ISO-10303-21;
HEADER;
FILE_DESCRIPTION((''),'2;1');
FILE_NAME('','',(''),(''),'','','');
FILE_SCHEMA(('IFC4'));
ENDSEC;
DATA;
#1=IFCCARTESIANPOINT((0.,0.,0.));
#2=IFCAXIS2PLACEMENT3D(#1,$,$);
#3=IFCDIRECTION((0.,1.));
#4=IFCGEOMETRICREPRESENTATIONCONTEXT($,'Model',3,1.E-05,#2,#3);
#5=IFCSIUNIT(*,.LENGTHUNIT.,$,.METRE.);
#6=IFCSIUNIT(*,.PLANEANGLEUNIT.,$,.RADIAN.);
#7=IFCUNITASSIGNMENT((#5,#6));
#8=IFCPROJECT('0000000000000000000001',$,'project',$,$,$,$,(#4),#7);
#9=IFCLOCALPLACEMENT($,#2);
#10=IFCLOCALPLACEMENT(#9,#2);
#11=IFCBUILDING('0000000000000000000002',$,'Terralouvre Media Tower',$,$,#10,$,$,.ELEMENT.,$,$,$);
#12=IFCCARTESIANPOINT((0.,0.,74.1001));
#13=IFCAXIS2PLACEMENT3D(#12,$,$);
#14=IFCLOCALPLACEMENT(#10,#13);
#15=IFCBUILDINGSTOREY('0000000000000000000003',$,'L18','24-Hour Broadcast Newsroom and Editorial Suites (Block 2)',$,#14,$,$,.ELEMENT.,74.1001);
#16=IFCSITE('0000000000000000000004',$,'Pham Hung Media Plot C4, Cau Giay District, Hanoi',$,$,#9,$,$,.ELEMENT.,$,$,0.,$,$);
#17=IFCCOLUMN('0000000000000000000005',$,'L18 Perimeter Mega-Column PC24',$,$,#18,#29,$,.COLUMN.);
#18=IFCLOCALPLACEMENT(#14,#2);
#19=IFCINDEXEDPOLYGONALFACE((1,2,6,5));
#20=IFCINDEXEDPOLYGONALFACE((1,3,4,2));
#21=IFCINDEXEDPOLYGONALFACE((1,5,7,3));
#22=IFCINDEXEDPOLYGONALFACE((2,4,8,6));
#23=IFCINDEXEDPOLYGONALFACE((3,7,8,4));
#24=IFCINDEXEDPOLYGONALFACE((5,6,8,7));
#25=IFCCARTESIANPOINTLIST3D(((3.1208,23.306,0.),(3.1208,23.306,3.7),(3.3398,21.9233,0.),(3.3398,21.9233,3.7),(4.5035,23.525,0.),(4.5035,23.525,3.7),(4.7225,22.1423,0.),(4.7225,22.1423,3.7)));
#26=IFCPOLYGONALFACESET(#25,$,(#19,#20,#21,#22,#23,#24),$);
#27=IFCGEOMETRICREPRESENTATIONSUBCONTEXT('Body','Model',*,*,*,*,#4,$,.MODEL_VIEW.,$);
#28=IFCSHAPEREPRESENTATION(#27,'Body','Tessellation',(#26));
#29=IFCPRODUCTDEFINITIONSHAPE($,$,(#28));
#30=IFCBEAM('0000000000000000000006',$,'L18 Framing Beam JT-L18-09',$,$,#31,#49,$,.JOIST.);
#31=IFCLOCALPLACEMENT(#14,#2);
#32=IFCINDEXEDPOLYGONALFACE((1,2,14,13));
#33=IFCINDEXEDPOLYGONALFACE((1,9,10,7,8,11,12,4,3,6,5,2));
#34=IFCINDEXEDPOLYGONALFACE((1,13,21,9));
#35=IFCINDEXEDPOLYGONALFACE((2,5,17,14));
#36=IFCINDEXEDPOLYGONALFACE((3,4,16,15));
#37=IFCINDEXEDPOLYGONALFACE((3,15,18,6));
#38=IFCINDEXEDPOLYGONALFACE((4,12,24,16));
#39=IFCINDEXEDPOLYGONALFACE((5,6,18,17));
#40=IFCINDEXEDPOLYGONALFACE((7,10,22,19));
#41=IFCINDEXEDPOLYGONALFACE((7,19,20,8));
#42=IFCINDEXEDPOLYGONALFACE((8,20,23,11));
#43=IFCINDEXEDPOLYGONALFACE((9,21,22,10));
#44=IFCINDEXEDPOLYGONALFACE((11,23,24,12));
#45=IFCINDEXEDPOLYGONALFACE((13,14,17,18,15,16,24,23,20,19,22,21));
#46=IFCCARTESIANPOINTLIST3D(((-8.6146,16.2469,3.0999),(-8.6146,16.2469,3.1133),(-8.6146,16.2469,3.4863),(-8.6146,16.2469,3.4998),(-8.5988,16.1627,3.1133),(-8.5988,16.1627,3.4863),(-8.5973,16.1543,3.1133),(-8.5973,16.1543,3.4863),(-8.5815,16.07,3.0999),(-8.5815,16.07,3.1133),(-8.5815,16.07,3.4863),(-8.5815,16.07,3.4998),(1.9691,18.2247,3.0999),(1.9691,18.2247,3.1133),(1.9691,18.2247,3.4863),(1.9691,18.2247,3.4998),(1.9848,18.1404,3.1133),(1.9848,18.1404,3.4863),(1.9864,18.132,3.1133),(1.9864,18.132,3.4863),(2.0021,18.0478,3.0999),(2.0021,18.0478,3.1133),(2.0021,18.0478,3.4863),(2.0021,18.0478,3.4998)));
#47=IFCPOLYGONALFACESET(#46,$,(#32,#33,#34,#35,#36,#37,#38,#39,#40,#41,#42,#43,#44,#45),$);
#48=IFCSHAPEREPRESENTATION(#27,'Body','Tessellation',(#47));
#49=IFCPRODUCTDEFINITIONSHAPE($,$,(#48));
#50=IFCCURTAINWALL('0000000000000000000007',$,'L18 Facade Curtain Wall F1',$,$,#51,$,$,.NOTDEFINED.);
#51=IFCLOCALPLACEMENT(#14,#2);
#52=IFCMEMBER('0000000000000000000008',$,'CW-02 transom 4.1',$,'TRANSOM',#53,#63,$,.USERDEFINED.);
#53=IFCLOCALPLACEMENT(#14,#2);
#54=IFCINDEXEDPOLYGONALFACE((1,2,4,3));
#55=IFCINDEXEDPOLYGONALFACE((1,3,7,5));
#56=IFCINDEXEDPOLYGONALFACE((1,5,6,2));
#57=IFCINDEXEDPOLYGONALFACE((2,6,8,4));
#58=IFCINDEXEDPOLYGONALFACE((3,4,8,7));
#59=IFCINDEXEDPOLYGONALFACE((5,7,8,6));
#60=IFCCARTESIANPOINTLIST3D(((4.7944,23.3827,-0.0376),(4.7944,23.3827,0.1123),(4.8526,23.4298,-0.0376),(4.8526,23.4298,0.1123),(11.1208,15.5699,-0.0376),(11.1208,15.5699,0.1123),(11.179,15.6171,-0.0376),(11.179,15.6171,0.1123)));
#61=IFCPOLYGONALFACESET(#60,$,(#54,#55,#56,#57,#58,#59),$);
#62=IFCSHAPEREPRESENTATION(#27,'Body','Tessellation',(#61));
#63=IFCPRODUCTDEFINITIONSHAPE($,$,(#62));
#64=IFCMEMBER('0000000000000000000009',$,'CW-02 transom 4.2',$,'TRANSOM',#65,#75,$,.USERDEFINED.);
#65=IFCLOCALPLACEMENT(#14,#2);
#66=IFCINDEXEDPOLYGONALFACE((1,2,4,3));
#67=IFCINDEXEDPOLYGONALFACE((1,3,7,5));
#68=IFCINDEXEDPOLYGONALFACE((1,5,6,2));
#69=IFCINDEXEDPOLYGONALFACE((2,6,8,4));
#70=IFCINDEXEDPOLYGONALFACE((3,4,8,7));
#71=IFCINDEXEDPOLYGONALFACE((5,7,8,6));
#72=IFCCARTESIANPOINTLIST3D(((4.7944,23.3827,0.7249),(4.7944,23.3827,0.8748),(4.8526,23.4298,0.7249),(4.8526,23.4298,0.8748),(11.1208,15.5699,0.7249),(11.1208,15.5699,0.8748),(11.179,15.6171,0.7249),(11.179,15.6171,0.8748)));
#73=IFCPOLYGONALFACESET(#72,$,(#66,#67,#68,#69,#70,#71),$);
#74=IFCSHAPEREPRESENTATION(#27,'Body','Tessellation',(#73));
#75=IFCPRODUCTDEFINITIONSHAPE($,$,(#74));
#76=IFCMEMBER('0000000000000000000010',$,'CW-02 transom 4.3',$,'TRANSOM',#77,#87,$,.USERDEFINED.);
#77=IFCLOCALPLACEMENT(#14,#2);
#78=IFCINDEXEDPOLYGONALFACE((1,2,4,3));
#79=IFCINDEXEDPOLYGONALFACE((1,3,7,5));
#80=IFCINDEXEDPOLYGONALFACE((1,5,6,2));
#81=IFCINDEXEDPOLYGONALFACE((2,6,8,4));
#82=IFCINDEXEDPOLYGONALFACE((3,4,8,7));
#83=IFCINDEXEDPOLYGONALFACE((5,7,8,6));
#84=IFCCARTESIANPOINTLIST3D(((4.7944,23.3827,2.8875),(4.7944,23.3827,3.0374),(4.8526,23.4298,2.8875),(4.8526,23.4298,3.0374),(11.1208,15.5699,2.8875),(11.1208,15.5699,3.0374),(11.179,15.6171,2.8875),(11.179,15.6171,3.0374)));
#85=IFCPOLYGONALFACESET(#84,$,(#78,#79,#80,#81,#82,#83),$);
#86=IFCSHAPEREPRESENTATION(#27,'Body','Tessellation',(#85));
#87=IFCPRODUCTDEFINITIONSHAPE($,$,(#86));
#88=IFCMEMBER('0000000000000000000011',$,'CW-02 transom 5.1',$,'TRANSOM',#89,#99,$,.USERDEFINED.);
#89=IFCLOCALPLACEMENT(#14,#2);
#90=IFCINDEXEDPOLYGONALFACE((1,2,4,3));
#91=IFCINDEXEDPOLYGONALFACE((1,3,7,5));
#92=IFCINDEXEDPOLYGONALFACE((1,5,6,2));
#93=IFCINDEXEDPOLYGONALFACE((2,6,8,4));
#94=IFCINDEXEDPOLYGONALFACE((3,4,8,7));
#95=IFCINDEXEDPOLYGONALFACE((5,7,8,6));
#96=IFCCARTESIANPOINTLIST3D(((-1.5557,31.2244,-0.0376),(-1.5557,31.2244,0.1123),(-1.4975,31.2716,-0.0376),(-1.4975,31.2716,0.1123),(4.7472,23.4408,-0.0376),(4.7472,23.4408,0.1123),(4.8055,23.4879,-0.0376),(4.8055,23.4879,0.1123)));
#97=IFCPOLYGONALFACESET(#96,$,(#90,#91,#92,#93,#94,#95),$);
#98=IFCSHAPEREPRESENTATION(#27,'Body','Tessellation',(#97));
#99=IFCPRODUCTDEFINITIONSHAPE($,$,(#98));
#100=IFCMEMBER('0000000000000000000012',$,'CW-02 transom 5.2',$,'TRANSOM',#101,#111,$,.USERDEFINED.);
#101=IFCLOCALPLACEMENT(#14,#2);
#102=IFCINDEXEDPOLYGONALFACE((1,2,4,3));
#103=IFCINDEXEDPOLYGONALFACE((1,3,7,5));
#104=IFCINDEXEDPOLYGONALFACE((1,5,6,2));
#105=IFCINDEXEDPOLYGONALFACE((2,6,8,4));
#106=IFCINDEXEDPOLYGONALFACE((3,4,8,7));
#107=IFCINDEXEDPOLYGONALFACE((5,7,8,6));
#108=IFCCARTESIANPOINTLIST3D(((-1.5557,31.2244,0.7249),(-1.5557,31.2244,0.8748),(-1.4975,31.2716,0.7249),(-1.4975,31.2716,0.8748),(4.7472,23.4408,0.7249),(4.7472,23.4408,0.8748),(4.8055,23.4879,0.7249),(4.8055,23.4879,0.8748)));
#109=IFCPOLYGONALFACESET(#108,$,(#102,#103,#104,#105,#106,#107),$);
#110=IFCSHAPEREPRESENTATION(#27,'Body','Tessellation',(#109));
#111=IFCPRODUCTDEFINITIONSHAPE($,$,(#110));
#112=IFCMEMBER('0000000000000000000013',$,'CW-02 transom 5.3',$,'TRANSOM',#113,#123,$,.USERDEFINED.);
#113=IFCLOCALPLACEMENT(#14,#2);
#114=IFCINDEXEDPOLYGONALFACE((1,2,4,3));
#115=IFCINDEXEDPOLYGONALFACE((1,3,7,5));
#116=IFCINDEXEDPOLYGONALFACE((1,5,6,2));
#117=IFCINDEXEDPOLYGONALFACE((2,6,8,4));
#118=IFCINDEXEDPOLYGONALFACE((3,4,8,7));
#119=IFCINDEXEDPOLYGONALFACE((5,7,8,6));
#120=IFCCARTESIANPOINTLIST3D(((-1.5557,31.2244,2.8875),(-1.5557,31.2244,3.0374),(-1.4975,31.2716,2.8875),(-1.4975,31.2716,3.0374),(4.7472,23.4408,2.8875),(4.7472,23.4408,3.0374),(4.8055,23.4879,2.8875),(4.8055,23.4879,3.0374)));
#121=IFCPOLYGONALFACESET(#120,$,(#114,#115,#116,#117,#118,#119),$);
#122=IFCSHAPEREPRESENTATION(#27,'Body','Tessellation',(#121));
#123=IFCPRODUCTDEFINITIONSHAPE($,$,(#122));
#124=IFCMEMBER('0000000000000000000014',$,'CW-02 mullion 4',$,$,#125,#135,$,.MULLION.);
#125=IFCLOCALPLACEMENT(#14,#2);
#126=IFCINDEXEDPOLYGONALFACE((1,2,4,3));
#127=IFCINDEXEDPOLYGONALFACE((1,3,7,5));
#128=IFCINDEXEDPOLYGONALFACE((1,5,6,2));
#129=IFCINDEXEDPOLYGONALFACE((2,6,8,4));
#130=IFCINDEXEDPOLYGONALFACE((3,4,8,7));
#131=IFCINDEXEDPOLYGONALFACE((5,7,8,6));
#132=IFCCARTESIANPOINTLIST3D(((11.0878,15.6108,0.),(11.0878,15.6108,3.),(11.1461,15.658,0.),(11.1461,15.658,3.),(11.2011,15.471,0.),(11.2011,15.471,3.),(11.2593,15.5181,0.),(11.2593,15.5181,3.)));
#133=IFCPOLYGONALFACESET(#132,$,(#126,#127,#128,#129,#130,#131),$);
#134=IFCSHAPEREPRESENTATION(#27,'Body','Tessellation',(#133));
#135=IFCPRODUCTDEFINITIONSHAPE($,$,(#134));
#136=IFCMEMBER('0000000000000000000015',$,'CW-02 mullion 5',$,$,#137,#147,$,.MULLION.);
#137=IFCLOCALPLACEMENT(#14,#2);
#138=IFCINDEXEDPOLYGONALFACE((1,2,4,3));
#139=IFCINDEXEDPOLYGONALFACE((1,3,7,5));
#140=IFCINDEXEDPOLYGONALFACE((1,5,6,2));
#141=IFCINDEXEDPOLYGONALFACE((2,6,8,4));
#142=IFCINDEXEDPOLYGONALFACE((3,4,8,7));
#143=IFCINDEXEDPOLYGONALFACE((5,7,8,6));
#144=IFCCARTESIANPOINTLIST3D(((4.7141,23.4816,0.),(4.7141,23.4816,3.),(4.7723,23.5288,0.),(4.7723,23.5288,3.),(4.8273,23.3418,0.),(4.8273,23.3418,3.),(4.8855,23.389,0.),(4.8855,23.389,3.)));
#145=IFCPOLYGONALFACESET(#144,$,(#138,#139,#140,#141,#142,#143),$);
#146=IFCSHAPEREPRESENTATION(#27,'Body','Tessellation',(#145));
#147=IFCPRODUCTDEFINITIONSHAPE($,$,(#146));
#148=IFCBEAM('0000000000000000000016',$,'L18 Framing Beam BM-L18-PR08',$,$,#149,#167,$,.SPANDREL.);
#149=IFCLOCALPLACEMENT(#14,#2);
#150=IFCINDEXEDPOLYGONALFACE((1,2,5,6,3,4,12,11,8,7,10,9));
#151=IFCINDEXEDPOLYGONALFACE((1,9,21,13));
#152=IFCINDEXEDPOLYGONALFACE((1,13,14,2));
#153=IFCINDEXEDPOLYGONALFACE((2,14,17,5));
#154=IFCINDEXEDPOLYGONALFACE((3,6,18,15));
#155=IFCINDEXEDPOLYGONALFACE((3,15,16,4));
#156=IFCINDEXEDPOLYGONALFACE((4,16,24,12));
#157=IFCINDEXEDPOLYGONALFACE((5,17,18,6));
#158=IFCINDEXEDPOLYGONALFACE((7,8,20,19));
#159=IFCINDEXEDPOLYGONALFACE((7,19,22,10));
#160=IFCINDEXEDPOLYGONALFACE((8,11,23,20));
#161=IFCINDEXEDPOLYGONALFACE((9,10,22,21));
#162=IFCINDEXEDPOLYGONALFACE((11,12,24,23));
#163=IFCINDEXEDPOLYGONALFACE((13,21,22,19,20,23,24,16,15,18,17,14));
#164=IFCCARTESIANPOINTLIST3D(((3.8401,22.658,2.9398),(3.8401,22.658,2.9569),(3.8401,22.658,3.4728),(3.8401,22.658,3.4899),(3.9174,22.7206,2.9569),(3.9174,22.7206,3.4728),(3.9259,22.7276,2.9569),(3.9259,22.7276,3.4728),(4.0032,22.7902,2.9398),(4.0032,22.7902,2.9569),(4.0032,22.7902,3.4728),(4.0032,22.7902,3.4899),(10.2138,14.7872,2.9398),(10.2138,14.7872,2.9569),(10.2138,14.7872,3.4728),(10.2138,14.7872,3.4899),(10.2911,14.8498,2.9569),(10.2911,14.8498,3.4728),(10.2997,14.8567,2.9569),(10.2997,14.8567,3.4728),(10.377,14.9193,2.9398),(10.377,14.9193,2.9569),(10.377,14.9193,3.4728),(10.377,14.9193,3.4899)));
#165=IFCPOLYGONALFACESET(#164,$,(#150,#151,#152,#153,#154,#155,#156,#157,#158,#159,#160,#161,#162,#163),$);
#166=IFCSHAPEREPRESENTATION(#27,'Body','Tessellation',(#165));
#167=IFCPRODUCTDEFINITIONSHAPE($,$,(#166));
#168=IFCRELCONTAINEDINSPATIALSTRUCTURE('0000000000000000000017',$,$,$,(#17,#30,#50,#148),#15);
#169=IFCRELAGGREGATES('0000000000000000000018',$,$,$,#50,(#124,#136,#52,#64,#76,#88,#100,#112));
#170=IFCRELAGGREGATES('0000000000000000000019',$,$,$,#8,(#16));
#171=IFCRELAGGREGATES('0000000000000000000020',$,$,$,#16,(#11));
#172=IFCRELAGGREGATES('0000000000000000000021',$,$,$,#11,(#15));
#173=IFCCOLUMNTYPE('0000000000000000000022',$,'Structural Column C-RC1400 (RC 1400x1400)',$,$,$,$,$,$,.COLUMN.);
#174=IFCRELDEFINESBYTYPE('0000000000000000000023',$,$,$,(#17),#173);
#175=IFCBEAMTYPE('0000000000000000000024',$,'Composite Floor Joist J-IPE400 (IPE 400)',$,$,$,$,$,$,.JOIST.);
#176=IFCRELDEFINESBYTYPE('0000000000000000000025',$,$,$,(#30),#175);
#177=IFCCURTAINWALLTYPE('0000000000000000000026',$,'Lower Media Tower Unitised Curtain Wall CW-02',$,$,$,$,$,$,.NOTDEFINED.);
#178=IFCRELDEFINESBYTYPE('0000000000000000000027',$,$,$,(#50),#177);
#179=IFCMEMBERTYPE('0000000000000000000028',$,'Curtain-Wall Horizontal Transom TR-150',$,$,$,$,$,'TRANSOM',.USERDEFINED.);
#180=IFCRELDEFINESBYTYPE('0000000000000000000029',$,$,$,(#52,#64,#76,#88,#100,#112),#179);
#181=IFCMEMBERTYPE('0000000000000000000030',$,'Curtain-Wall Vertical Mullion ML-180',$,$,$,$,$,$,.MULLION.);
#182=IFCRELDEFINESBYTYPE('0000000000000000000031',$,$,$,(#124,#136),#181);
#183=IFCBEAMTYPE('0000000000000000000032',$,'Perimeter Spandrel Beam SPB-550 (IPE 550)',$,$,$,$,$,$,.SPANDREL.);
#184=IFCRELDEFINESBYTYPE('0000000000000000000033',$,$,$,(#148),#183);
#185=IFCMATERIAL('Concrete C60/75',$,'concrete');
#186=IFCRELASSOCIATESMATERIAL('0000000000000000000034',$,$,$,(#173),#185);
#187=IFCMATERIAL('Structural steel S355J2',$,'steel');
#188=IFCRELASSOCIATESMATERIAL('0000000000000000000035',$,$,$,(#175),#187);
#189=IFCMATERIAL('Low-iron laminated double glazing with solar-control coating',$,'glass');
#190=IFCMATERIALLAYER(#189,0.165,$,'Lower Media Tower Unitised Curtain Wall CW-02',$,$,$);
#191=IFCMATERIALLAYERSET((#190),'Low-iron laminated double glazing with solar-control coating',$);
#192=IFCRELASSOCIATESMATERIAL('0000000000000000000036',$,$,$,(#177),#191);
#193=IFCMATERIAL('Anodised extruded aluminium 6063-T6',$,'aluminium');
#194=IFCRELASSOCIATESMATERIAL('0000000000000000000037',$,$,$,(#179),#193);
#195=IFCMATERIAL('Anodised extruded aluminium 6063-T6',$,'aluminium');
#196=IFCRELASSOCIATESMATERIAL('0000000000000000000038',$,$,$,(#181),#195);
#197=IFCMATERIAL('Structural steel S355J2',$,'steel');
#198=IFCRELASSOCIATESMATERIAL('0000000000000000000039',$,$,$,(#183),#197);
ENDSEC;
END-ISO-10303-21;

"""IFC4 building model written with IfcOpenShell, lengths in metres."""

from ifc_helpers import new_model, si_unit, direction, frame, origin, origin_2d, place, context, subcontext, project, spatial, rectangle, i_section, extrude, material, layer, layer_set, material_profile, profile_set, type_object, element, aggregate, save


model = new_model("IFC4")

# Units and contexts
model_context = context("Model", 3, precision=1e-05, world=origin(), true_north=direction((0.0, 1.0)))
body_context = subcontext(model_context, "Body", "Model", "MODEL_VIEW")
ifc_project = project(units=[si_unit("LENGTHUNIT", "METRE"), si_unit("PLANEANGLEUNIT", "RADIAN")], contexts=[model_context])

# Site, building, storey
site_placement = place(None, origin())
site = spatial("IfcSite", under=ifc_project, at=site_placement, Name="Pham Hung Media Plot C4, Cau Giay District, Hanoi", CompositionType="ELEMENT", RefElevation=0.0)
building_placement = place(site_placement, origin())
building = spatial("IfcBuilding", under=site, at=building_placement, Name="Terralouvre Media Tower", CompositionType="ELEMENT")
storey_placement = place(building_placement, frame((0.0, 0.0, 74.1001)))
storey = spatial("IfcBuildingStorey", under=building, at=storey_placement, Name="L18", Description="24-Hour Broadcast Newsroom and Editorial Suites (Block 2)", CompositionType="ELEMENT", Elevation=74.1001)

# Column
ifc_material_1 = material(Name="Concrete C60/75", Category="concrete")
ifc_material_profile_1 = material_profile(ifc_material_1, rectangle(XDim=1.3999, YDim=1.3999, at=origin_2d()), Name="RC 1400x1400")
ifc_profile_set_1 = profile_set([ifc_material_profile_1], Name="Concrete C60/75")
column_type = type_object("IfcColumnType", Name="Structural Column C-RC1400 (RC 1400x1400)", PredefinedType="COLUMN", material=ifc_profile_set_1)
column_placement = place(storey_placement, frame((3.9216, 22.7241, 0.0), z_axis=(0.0, 0.0, 1.0), x_axis=(0.987688, 0.156434, 0.0)))
element("IfcColumn", 1, at=column_placement, inside=storey, type_object=column_type, Name="L18 Perimeter Mega-Column PC24", PredefinedType="COLUMN", context=body_context, shape_type="SweptSolid", body=[
    extrude(rectangle(XDim=1.3999, YDim=1.3999, at=origin_2d()), origin(), (0.0, 0.0, 1.0), 3.7),
])

# Beam
ifc_material_2 = material(Name="Structural steel S355J2", Category="steel")
ifc_material_profile_2 = material_profile(ifc_material_2, i_section(OverallWidth=0.1799, OverallDepth=0.3999, WebThickness=0.0085, FlangeThickness=0.0134, at=origin_2d()), Name="IPE 400")
ifc_profile_set_2 = profile_set([ifc_material_profile_2], Name="Structural steel S355J2")
beam_type_1 = type_object("IfcBeamType", Name="Composite Floor Joist J-IPE400 (IPE 400)", PredefinedType="JOIST", material=ifc_profile_set_2)
beam_1_placement = place(storey_placement, frame((1.9856, 18.1362, 3.2998), z_axis=(-0.982984, -0.18369, 0.0), x_axis=(0.18369, -0.982984, 0.0)))
element("IfcBeam", 2, at=beam_1_placement, inside=storey, type_object=beam_type_1, Name="L18 Framing Beam JT-L18-09", PredefinedType="JOIST", context=body_context, shape_type="SweptSolid", body=[
    extrude(i_section(OverallWidth=0.1799, OverallDepth=0.3999, WebThickness=0.0085, FlangeThickness=0.0134, at=origin_2d()), origin(), (0.0, 0.0, 1.0), 10.7668),
])

# Curtain wall, members
ifc_material_3 = material(Name="Low-iron laminated double glazing with solar-control coating", Category="glass")
ifc_layer_1 = layer(ifc_material_3, 0.165, Name="Lower Media Tower Unitised Curtain Wall CW-02")
ifc_layer_set_1 = layer_set([ifc_layer_1], Name="Low-iron laminated double glazing with solar-control coating")
curtain_wall_type = type_object("IfcCurtainWallType", Name="Lower Media Tower Unitised Curtain Wall CW-02", PredefinedType="NOTDEFINED", material=ifc_layer_set_1)
curtain_wall_placement = place(storey_placement, origin())
curtain_wall = element("IfcCurtainWall", 3, at=curtain_wall_placement, inside=storey, type_object=curtain_wall_type, Name="L18 Facade Curtain Wall F1", PredefinedType="NOTDEFINED")
ifc_material_4 = material(Name="Anodised extruded aluminium 6063-T6", Category="aluminium")
ifc_material_profile_3 = material_profile(ifc_material_4, rectangle(XDim=0.075, YDim=0.1499, at=origin_2d()), Name="ALU 75x150")
ifc_profile_set_3 = profile_set([ifc_material_profile_3], Name="Anodised extruded aluminium 6063-T6")
member_type_1 = type_object("IfcMemberType", Name="Curtain-Wall Horizontal Transom TR-150", ElementType="TRANSOM", PredefinedType="USERDEFINED", material=ifc_profile_set_3)
member_1_placement = place(storey_placement, frame((11.1499, 15.5935, 0.0374), z_axis=(-0.629307, 0.777157, 0.0), x_axis=(-0.777157, -0.629307, 0.0)))
member_1 = element("IfcMember", 4, at=member_1_placement, type_object=member_type_1, Name="CW-02 transom 4.1", ObjectType="TRANSOM", PredefinedType="USERDEFINED", context=body_context, shape_type="SweptSolid", body=[
    extrude(rectangle(XDim=0.075, YDim=0.1499, at=origin_2d()), origin(), (0.0, 0.0, 1.0), 10.053),
])
member_2_placement = place(storey_placement, frame((11.1499, 15.5935, 0.7998), z_axis=(-0.629307, 0.777157, 0.0), x_axis=(-0.777157, -0.629307, 0.0)))
member_2 = element("IfcMember", 5, at=member_2_placement, type_object=member_type_1, Name="CW-02 transom 4.2", ObjectType="TRANSOM", PredefinedType="USERDEFINED", context=body_context, shape_type="SweptSolid", body=[
    extrude(rectangle(XDim=0.075, YDim=0.1499, at=origin_2d()), origin(), (0.0, 0.0, 1.0), 10.053),
])
member_3_placement = place(storey_placement, frame((11.1499, 15.5935, 2.9624), z_axis=(-0.629307, 0.777157, 0.0), x_axis=(-0.777157, -0.629307, 0.0)))
member_3 = element("IfcMember", 6, at=member_3_placement, type_object=member_type_1, Name="CW-02 transom 4.3", ObjectType="TRANSOM", PredefinedType="USERDEFINED", context=body_context, shape_type="SweptSolid", body=[
    extrude(rectangle(XDim=0.075, YDim=0.1499, at=origin_2d()), origin(), (0.0, 0.0, 1.0), 10.053),
])
member_4_placement = place(storey_placement, frame((4.7764, 23.4644, 0.0374), z_axis=(-0.629313, 0.777152, 0.0), x_axis=(-0.777152, -0.629313, 0.0)))
member_4 = element("IfcMember", 7, at=member_4_placement, type_object=member_type_1, Name="CW-02 transom 5.1", ObjectType="TRANSOM", PredefinedType="USERDEFINED", context=body_context, shape_type="SweptSolid", body=[
    extrude(rectangle(XDim=0.075, YDim=0.1499, at=origin_2d()), origin(), (0.0, 0.0, 1.0), 10.0156),
])
member_5_placement = place(storey_placement, frame((4.7764, 23.4644, 0.7998), z_axis=(-0.629313, 0.777152, 0.0), x_axis=(-0.777152, -0.629313, 0.0)))
member_5 = element("IfcMember", 8, at=member_5_placement, type_object=member_type_1, Name="CW-02 transom 5.2", ObjectType="TRANSOM", PredefinedType="USERDEFINED", context=body_context, shape_type="SweptSolid", body=[
    extrude(rectangle(XDim=0.075, YDim=0.1499, at=origin_2d()), origin(), (0.0, 0.0, 1.0), 10.0156),
])
member_6_placement = place(storey_placement, frame((4.7764, 23.4644, 2.9624), z_axis=(-0.629313, 0.777152, 0.0), x_axis=(-0.777152, -0.629313, 0.0)))
member_6 = element("IfcMember", 9, at=member_6_placement, type_object=member_type_1, Name="CW-02 transom 5.3", ObjectType="TRANSOM", PredefinedType="USERDEFINED", context=body_context, shape_type="SweptSolid", body=[
    extrude(rectangle(XDim=0.075, YDim=0.1499, at=origin_2d()), origin(), (0.0, 0.0, 1.0), 10.0156),
])
ifc_material_5 = material(Name="Anodised extruded aluminium 6063-T6", Category="aluminium")
ifc_material_profile_4 = material_profile(ifc_material_5, rectangle(XDim=0.075, YDim=0.1799, at=origin_2d()), Name="ALU 75x180")
ifc_profile_set_4 = profile_set([ifc_material_profile_4], Name="Anodised extruded aluminium 6063-T6")
member_type_2 = type_object("IfcMemberType", Name="Curtain-Wall Vertical Mullion ML-180", PredefinedType="MULLION", material=ifc_profile_set_4)
member_7_placement = place(storey_placement, frame((11.1736, 15.5645, 0.0), z_axis=(0.0, 0.0, 1.0), x_axis=(-0.777146, -0.62932, 0.0)))
member_7 = element("IfcMember", 10, at=member_7_placement, type_object=member_type_2, Name="CW-02 mullion 4", PredefinedType="MULLION", context=body_context, shape_type="SweptSolid", body=[
    extrude(rectangle(XDim=0.075, YDim=0.1799, at=origin_2d()), origin(), (0.0, 0.0, 1.0), 3.0),
])
member_8_placement = place(storey_placement, frame((4.7998, 23.4353, 0.0), z_axis=(0.0, 0.0, 1.0), x_axis=(-0.777146, -0.62932, 0.0)))
member_8 = element("IfcMember", 11, at=member_8_placement, type_object=member_type_2, Name="CW-02 mullion 5", PredefinedType="MULLION", context=body_context, shape_type="SweptSolid", body=[
    extrude(rectangle(XDim=0.075, YDim=0.1799, at=origin_2d()), origin(), (0.0, 0.0, 1.0), 3.0),
])

# Beam
ifc_material_6 = material(Name="Structural steel S355J2", Category="steel")
ifc_material_profile_5 = material_profile(ifc_material_6, i_section(OverallWidth=0.21, OverallDepth=0.55, WebThickness=0.011, FlangeThickness=0.0171, at=origin_2d()), Name="IPE 550")
ifc_profile_set_5 = profile_set([ifc_material_profile_5], Name="Structural steel S355J2")
beam_type_2 = type_object("IfcBeamType", Name="Perimeter Spandrel Beam SPB-550 (IPE 550)", PredefinedType="SPANDREL", material=ifc_profile_set_5)
beam_2_placement = place(storey_placement, frame((10.2954, 14.8533, 3.2148), z_axis=(-0.629326, 0.777142, 0.0), x_axis=(-0.777142, -0.629326, 0.0)))
element("IfcBeam", 12, at=beam_2_placement, inside=storey, type_object=beam_type_2, Name="L18 Framing Beam BM-L18-PR08", PredefinedType="SPANDREL", context=body_context, shape_type="SweptSolid", body=[
    extrude(i_section(OverallWidth=0.21, OverallDepth=0.55, WebThickness=0.011, FlangeThickness=0.0171, at=origin_2d()), origin(), (0.0, 0.0, 1.0), 10.1279),
])

aggregate(curtain_wall, [member_7, member_8, member_1, member_2, member_3, member_4, member_5, member_6])

save(model, "model.ifc")
